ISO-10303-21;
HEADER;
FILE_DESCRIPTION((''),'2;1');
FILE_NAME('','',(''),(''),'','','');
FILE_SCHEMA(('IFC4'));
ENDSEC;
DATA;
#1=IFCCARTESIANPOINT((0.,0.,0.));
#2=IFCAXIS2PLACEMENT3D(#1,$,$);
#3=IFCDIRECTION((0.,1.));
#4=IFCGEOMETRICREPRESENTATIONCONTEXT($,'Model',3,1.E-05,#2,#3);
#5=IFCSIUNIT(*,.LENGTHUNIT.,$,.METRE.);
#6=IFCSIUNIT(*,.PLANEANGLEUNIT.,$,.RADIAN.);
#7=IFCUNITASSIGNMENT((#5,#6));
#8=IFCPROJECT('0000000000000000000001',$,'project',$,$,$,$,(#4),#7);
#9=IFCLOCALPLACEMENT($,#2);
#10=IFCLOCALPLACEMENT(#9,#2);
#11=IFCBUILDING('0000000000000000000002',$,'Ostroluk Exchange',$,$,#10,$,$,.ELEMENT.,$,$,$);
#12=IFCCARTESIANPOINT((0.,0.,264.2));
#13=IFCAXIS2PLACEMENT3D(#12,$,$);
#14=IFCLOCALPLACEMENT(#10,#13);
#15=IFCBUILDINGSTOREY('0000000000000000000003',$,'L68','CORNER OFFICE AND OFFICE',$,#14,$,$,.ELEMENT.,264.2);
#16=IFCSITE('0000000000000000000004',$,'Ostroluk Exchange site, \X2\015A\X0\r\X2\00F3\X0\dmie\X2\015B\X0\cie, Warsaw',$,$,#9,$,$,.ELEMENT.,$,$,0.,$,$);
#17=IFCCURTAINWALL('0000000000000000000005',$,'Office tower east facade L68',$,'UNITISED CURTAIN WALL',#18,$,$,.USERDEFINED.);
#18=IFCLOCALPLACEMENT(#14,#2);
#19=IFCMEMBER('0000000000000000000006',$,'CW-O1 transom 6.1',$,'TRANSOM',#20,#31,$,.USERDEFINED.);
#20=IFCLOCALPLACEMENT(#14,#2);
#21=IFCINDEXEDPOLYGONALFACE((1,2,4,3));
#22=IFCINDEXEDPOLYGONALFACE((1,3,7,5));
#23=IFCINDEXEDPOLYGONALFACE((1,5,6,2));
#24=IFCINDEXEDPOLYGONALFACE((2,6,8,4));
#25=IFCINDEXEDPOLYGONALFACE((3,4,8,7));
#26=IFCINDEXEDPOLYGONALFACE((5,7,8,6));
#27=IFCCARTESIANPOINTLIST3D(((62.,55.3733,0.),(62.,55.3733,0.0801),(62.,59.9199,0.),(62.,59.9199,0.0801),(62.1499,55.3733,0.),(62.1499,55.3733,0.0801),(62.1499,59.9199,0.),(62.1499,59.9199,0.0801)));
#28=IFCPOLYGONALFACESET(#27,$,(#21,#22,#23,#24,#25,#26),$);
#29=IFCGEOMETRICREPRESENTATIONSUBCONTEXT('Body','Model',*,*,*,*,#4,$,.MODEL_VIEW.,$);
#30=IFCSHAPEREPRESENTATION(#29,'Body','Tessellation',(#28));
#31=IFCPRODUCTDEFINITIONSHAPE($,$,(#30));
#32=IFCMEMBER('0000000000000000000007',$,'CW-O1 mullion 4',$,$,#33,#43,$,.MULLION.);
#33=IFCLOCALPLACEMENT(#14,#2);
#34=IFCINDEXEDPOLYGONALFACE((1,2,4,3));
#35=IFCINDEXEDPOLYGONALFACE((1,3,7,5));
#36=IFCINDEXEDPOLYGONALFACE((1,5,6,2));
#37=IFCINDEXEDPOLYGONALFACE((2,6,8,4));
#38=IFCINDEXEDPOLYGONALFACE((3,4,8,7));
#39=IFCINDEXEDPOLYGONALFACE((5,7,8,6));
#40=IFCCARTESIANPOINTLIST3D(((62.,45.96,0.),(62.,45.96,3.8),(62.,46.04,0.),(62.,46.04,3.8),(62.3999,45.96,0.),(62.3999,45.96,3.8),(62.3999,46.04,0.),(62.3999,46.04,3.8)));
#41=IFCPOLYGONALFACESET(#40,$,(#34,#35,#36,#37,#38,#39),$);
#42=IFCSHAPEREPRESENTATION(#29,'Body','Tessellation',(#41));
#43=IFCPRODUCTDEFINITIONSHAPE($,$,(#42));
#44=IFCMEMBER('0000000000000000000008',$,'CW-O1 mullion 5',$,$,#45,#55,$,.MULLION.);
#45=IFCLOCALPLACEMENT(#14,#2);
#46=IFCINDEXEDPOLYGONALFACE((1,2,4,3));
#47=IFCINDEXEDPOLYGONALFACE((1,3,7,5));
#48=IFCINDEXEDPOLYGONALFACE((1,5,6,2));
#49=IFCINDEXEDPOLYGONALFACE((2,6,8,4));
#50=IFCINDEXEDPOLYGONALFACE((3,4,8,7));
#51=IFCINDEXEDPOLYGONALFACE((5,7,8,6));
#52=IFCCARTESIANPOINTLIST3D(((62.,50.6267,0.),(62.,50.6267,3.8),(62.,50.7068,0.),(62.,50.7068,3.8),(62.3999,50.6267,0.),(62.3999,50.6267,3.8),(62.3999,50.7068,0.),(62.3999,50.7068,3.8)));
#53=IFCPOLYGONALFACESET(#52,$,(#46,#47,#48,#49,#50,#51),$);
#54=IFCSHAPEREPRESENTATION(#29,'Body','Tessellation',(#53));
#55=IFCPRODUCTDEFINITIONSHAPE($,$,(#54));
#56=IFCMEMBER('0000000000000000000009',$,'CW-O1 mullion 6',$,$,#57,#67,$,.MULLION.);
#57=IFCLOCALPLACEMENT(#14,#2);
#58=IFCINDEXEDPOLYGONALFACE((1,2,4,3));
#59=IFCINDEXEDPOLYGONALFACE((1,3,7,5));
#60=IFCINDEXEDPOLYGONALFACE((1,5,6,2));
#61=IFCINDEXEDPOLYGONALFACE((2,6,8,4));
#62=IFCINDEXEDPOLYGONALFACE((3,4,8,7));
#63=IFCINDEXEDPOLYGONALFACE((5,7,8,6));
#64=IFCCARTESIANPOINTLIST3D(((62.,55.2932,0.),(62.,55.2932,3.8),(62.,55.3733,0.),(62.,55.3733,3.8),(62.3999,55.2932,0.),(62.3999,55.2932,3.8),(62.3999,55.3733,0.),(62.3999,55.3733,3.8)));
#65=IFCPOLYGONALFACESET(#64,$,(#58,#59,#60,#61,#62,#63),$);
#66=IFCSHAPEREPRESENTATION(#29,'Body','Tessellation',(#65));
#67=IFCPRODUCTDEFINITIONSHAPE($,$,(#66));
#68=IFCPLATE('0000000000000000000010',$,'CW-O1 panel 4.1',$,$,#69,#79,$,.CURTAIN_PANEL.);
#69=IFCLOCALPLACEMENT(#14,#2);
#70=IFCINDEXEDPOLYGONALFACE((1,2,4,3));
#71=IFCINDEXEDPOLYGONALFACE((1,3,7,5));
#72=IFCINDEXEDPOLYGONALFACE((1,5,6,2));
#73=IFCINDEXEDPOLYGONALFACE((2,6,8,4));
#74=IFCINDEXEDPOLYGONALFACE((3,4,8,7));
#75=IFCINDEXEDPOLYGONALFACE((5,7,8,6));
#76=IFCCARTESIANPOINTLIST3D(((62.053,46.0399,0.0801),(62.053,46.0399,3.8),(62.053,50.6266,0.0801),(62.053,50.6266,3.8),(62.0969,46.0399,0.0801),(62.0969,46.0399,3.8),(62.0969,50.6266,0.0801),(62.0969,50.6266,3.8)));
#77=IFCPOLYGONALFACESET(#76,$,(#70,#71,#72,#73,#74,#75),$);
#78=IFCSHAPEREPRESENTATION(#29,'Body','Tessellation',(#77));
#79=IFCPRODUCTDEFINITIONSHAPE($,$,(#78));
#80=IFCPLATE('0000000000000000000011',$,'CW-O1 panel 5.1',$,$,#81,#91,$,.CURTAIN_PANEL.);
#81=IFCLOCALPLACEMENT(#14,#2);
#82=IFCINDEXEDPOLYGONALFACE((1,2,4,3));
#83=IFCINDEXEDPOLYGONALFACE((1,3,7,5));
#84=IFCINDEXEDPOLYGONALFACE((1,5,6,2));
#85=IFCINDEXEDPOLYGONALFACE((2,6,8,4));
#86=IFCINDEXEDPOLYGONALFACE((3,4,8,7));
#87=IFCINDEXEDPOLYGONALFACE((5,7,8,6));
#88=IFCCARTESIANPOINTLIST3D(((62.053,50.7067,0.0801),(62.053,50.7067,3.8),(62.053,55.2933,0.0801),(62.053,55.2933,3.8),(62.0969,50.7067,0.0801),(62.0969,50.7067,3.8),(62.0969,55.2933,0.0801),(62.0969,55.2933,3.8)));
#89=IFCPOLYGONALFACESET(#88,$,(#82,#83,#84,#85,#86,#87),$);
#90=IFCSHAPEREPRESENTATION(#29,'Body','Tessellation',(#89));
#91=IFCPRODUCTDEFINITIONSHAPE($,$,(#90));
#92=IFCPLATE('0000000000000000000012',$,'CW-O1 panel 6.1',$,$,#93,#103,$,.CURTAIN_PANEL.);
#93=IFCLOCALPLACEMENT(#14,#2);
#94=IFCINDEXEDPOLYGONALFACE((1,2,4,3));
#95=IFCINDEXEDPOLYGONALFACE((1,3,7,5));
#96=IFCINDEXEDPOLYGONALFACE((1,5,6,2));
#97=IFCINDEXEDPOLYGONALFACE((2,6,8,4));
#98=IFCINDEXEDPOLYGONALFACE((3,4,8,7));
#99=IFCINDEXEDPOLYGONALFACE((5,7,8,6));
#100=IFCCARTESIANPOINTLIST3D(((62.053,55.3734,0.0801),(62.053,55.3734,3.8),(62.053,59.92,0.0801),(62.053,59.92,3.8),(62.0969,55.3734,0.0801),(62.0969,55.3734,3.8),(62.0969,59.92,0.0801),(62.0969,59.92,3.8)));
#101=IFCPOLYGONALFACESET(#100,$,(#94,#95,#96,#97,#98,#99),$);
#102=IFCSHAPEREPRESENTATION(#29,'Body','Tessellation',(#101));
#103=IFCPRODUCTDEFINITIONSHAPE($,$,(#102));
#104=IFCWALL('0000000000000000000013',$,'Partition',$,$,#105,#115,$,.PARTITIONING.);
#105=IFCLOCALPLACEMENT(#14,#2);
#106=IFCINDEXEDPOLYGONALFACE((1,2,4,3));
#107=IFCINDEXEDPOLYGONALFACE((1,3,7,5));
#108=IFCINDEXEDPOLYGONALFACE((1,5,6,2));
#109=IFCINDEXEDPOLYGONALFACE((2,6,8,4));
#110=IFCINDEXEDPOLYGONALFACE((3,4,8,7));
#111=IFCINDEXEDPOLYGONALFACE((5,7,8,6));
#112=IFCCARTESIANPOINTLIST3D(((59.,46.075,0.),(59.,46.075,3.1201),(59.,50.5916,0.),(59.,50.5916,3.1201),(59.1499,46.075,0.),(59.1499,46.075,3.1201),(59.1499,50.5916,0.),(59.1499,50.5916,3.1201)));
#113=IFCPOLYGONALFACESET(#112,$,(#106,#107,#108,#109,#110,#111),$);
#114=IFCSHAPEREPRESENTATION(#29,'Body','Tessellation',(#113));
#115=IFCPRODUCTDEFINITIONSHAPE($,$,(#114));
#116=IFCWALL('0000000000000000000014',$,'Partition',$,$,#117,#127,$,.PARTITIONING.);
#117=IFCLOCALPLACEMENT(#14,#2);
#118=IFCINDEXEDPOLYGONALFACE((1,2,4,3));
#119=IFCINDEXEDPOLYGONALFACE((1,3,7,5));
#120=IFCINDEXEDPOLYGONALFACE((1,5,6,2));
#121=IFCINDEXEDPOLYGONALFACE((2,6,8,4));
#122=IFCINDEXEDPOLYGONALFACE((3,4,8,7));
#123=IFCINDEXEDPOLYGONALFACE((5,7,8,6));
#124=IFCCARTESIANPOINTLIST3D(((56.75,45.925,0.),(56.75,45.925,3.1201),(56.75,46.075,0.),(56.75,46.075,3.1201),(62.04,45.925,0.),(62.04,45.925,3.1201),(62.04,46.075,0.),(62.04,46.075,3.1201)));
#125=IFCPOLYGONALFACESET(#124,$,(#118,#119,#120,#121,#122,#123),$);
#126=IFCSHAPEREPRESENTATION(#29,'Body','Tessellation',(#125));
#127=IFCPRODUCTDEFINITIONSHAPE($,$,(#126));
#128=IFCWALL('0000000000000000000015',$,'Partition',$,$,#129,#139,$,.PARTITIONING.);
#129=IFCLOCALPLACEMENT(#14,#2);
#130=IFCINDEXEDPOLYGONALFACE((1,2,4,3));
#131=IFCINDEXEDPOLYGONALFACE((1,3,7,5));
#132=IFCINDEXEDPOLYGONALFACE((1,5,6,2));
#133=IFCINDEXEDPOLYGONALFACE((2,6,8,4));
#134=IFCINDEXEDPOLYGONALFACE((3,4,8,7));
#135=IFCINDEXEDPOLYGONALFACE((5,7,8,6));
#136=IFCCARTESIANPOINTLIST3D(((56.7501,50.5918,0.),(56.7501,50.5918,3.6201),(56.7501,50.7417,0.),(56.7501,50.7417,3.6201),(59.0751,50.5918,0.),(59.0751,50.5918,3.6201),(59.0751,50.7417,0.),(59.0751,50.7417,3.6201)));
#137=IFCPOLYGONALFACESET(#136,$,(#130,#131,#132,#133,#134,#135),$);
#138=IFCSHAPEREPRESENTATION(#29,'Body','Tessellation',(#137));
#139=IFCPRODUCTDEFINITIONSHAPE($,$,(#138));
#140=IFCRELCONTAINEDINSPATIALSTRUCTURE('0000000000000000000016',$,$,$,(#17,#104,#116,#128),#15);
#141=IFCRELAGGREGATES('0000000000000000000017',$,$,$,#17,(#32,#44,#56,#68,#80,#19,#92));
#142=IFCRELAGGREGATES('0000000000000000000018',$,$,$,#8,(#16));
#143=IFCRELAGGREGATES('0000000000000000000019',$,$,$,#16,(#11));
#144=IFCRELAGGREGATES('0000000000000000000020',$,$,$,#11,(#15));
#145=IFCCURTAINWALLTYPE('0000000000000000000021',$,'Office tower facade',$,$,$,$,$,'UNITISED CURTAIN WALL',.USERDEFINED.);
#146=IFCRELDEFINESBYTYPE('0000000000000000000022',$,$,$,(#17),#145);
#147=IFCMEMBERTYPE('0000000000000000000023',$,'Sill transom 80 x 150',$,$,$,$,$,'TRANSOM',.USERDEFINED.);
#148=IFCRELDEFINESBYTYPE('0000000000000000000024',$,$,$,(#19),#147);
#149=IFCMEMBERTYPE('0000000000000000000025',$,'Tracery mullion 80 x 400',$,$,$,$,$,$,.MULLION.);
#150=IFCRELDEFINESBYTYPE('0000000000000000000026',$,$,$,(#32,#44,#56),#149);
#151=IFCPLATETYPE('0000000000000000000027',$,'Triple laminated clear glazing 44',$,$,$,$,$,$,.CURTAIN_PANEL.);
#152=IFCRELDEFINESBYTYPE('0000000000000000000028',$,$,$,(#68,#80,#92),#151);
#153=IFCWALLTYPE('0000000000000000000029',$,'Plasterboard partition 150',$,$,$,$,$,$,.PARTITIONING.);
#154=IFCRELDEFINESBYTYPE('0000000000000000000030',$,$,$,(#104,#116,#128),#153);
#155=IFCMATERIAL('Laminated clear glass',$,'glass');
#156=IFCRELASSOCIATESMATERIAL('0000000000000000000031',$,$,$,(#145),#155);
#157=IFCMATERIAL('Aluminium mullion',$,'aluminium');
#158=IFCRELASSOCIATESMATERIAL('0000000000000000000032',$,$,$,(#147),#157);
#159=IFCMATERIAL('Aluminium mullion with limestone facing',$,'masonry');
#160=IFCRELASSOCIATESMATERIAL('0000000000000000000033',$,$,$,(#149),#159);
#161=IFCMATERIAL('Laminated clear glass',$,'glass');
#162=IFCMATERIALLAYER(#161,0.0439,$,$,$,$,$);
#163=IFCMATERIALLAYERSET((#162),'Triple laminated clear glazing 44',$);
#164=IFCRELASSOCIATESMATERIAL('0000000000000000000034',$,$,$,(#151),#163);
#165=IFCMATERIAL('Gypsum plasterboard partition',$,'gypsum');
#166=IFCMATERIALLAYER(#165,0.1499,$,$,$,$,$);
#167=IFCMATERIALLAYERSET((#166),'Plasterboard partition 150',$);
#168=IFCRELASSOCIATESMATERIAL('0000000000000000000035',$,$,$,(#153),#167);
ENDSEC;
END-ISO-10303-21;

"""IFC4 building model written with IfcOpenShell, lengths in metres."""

from ifc_helpers import new_model, si_unit, direction, frame, frame_2d, origin, origin_2d, place, context, subcontext, project, spatial, rectangle, extrude, material, layer, layer_set, material_profile, profile_set, type_object, element, aggregate, save


model = new_model("IFC4")

# Units and contexts
model_context = context("Model", 3, precision=1e-05, world=origin(), true_north=direction((0.0, 1.0)))
body_context = subcontext(model_context, "Body", "Model", "MODEL_VIEW")
ifc_project = project(units=[si_unit("LENGTHUNIT", "METRE"), si_unit("PLANEANGLEUNIT", "RADIAN")], contexts=[model_context])

# Site, building, storey
site_placement = place(None, origin())
site = spatial("IfcSite", under=ifc_project, at=site_placement, Name="Ostroluk Exchange site, Śródmieście, Warsaw", CompositionType="ELEMENT", RefElevation=0.0)
building_placement = place(site_placement, origin())
building = spatial("IfcBuilding", under=site, at=building_placement, Name="Ostroluk Exchange", CompositionType="ELEMENT")
storey_placement = place(building_placement, frame((0.0, 0.0, 264.2)))
storey = spatial("IfcBuildingStorey", under=building, at=storey_placement, Name="L68", Description="CORNER OFFICE AND OFFICE", CompositionType="ELEMENT", Elevation=264.2)

# Curtain wall, members, plates
ifc_material_1 = material(Name="Laminated clear glass", Category="glass")
curtain_wall_type = type_object("IfcCurtainWallType", Name="Office tower facade", ElementType="UNITISED CURTAIN WALL", PredefinedType="USERDEFINED", material=ifc_material_1)
curtain_wall_placement = place(storey_placement, origin())
curtain_wall = element("IfcCurtainWall", 1, at=curtain_wall_placement, inside=storey, type_object=curtain_wall_type, Name="Office tower east facade L68", ObjectType="UNITISED CURTAIN WALL", PredefinedType="USERDEFINED")
ifc_material_2 = material(Name="Aluminium mullion", Category="aluminium")
ifc_material_profile_1 = material_profile(ifc_material_2, rectangle(XDim=0.1499, YDim=0.0801, at=origin_2d()), Name="Sill transom 80 x 150")
ifc_profile_set_1 = profile_set([ifc_material_profile_1], Name="Aluminium mullion")
member_type_1 = type_object("IfcMemberType", Name="Sill transom 80 x 150", ElementType="TRANSOM", PredefinedType="USERDEFINED", material=ifc_profile_set_1)
member_1_placement = place(storey_placement, frame((62.075, 55.3733, 0.04), z_axis=(0.0, 1.0, 0.0), x_axis=(-1.0, 0.0, 0.0)))
member_1 = element("IfcMember", 2, at=member_1_placement, type_object=member_type_1, Name="CW-O1 transom 6.1", ObjectType="TRANSOM", PredefinedType="USERDEFINED", context=body_context, shape_type="SweptSolid", body=[
    extrude(rectangle(XDim=0.1499, YDim=0.0801, at=origin_2d()), origin(), (0.0, 0.0, 1.0), 4.5466),
])
ifc_material_3 = material(Name="Aluminium mullion with limestone facing", Category="masonry")
ifc_material_profile_2 = material_profile(ifc_material_3, rectangle(XDim=0.3999, YDim=0.0801, at=origin_2d()), Name="Tracery mullion 80 x 400")
ifc_profile_set_2 = profile_set([ifc_material_profile_2], Name="Aluminium mullion with limestone facing")
member_type_2 = type_object("IfcMemberType", Name="Tracery mullion 80 x 400", PredefinedType="MULLION", material=ifc_profile_set_2)
member_2_placement = place(storey_placement, frame((62.2, 46.0, 0.0), z_axis=(0.0, 0.0, 1.0), x_axis=(-1.0, 0.0, 0.0)))
member_2 = element("IfcMember", 3, at=member_2_placement, type_object=member_type_2, Name="CW-O1 mullion 4", PredefinedType="MULLION", context=body_context, shape_type="SweptSolid", body=[
    extrude(rectangle(XDim=0.3999, YDim=0.0801, at=origin_2d()), origin(), (0.0, 0.0, 1.0), 3.8),
])
member_3_placement = place(storey_placement, frame((62.2, 50.6667, 0.0), z_axis=(0.0, 0.0, 1.0), x_axis=(-1.0, 0.0, 0.0)))
member_3 = element("IfcMember", 4, at=member_3_placement, type_object=member_type_2, Name="CW-O1 mullion 5", PredefinedType="MULLION", context=body_context, shape_type="SweptSolid", body=[
    extrude(rectangle(XDim=0.3999, YDim=0.0801, at=origin_2d()), origin(), (0.0, 0.0, 1.0), 3.8),
])
member_4_placement = place(storey_placement, frame((62.2, 55.3333, 0.0), z_axis=(0.0, 0.0, 1.0), x_axis=(-1.0, 0.0, 0.0)))
member_4 = element("IfcMember", 5, at=member_4_placement, type_object=member_type_2, Name="CW-O1 mullion 6", PredefinedType="MULLION", context=body_context, shape_type="SweptSolid", body=[
    extrude(rectangle(XDim=0.3999, YDim=0.0801, at=origin_2d()), origin(), (0.0, 0.0, 1.0), 3.8),
])
ifc_material_4 = material(Name="Laminated clear glass", Category="glass")
ifc_layer_1 = layer(ifc_material_4, 0.0439)
ifc_layer_set_1 = layer_set([ifc_layer_1], Name="Triple laminated clear glazing 44")
plate_type = type_object("IfcPlateType", Name="Triple laminated clear glazing 44", PredefinedType="CURTAIN_PANEL", material=ifc_layer_set_1)
plate_1_placement = place(storey_placement, frame((62.075, 48.3333, 0.0801), z_axis=(0.0, 0.0, 1.0), x_axis=(0.0, 1.0, 0.0)))
plate_1 = element("IfcPlate", 6, at=plate_1_placement, type_object=plate_type, Name="CW-O1 panel 4.1", PredefinedType="CURTAIN_PANEL", context=body_context, shape_type="SweptSolid", body=[
    extrude(rectangle(XDim=4.5867, YDim=0.0439, at=origin_2d()), origin(), (0.0, 0.0, 1.0), 3.72),
])
plate_2_placement = place(storey_placement, frame((62.075, 53.0, 0.0801), z_axis=(0.0, 0.0, 1.0), x_axis=(0.0, 1.0, 0.0)))
plate_2 = element("IfcPlate", 7, at=plate_2_placement, type_object=plate_type, Name="CW-O1 panel 5.1", PredefinedType="CURTAIN_PANEL", context=body_context, shape_type="SweptSolid", body=[
    extrude(rectangle(XDim=4.5867, YDim=0.0439, at=origin_2d()), origin(), (0.0, 0.0, 1.0), 3.72),
])
plate_3_placement = place(storey_placement, frame((62.075, 57.6467, 0.0801), z_axis=(0.0, 0.0, 1.0), x_axis=(0.0, 1.0, 0.0)))
plate_3 = element("IfcPlate", 8, at=plate_3_placement, type_object=plate_type, Name="CW-O1 panel 6.1", PredefinedType="CURTAIN_PANEL", context=body_context, shape_type="SweptSolid", body=[
    extrude(rectangle(XDim=4.5466, YDim=0.0439, at=origin_2d()), origin(), (0.0, 0.0, 1.0), 3.72),
])
aggregate(curtain_wall, [member_2, member_3, member_4, plate_1, plate_2, member_1, plate_3])

# Walls
ifc_material_5 = material(Name="Gypsum plasterboard partition", Category="gypsum")
ifc_layer_2 = layer(ifc_material_5, 0.1499)
ifc_layer_set_2 = layer_set([ifc_layer_2], Name="Plasterboard partition 150")
wall_type = type_object("IfcWallType", Name="Plasterboard partition 150", PredefinedType="PARTITIONING", material=ifc_layer_set_2)
wall_1_placement = place(storey_placement, frame((59.075, 46.075, 0.0), z_axis=(0.0, 0.0, 1.0), x_axis=(0.0, 1.0, 0.0)))
element("IfcWall", 9, at=wall_1_placement, inside=storey, type_object=wall_type, Name="Partition", PredefinedType="PARTITIONING", context=body_context, shape_type="SweptSolid", body=[
    extrude(rectangle(XDim=4.5166, YDim=0.1499, at=frame_2d((2.2583, 0.0))), origin(), (0.0, 0.0, 1.0), 3.1201),
])
wall_2_placement = place(storey_placement, frame((56.75, 46.0, 0.0), z_axis=(0.0, 0.0, 1.0), x_axis=(1.0, 0.0, 0.0)))
element("IfcWall", 10, at=wall_2_placement, inside=storey, type_object=wall_type, Name="Partition", PredefinedType="PARTITIONING", context=body_context, shape_type="SweptSolid", body=[
    extrude(rectangle(XDim=5.29, YDim=0.1499, at=frame_2d((2.645, 0.0))), origin(), (0.0, 0.0, 1.0), 3.1201),
])
wall_3_placement = place(storey_placement, frame((56.75, 50.6667, 0.0), z_axis=(0.0, 0.0, 1.0), x_axis=(1.0, 0.0, 0.0)))
element("IfcWall", 11, at=wall_3_placement, inside=storey, type_object=wall_type, Name="Partition", PredefinedType="PARTITIONING", context=body_context, shape_type="SweptSolid", body=[
    extrude(rectangle(XDim=2.325, YDim=0.1499, at=frame_2d((1.1626, 0.0))), origin(), (0.0, 0.0, 1.0), 3.6201),
])

save(model, "model.ifc")
